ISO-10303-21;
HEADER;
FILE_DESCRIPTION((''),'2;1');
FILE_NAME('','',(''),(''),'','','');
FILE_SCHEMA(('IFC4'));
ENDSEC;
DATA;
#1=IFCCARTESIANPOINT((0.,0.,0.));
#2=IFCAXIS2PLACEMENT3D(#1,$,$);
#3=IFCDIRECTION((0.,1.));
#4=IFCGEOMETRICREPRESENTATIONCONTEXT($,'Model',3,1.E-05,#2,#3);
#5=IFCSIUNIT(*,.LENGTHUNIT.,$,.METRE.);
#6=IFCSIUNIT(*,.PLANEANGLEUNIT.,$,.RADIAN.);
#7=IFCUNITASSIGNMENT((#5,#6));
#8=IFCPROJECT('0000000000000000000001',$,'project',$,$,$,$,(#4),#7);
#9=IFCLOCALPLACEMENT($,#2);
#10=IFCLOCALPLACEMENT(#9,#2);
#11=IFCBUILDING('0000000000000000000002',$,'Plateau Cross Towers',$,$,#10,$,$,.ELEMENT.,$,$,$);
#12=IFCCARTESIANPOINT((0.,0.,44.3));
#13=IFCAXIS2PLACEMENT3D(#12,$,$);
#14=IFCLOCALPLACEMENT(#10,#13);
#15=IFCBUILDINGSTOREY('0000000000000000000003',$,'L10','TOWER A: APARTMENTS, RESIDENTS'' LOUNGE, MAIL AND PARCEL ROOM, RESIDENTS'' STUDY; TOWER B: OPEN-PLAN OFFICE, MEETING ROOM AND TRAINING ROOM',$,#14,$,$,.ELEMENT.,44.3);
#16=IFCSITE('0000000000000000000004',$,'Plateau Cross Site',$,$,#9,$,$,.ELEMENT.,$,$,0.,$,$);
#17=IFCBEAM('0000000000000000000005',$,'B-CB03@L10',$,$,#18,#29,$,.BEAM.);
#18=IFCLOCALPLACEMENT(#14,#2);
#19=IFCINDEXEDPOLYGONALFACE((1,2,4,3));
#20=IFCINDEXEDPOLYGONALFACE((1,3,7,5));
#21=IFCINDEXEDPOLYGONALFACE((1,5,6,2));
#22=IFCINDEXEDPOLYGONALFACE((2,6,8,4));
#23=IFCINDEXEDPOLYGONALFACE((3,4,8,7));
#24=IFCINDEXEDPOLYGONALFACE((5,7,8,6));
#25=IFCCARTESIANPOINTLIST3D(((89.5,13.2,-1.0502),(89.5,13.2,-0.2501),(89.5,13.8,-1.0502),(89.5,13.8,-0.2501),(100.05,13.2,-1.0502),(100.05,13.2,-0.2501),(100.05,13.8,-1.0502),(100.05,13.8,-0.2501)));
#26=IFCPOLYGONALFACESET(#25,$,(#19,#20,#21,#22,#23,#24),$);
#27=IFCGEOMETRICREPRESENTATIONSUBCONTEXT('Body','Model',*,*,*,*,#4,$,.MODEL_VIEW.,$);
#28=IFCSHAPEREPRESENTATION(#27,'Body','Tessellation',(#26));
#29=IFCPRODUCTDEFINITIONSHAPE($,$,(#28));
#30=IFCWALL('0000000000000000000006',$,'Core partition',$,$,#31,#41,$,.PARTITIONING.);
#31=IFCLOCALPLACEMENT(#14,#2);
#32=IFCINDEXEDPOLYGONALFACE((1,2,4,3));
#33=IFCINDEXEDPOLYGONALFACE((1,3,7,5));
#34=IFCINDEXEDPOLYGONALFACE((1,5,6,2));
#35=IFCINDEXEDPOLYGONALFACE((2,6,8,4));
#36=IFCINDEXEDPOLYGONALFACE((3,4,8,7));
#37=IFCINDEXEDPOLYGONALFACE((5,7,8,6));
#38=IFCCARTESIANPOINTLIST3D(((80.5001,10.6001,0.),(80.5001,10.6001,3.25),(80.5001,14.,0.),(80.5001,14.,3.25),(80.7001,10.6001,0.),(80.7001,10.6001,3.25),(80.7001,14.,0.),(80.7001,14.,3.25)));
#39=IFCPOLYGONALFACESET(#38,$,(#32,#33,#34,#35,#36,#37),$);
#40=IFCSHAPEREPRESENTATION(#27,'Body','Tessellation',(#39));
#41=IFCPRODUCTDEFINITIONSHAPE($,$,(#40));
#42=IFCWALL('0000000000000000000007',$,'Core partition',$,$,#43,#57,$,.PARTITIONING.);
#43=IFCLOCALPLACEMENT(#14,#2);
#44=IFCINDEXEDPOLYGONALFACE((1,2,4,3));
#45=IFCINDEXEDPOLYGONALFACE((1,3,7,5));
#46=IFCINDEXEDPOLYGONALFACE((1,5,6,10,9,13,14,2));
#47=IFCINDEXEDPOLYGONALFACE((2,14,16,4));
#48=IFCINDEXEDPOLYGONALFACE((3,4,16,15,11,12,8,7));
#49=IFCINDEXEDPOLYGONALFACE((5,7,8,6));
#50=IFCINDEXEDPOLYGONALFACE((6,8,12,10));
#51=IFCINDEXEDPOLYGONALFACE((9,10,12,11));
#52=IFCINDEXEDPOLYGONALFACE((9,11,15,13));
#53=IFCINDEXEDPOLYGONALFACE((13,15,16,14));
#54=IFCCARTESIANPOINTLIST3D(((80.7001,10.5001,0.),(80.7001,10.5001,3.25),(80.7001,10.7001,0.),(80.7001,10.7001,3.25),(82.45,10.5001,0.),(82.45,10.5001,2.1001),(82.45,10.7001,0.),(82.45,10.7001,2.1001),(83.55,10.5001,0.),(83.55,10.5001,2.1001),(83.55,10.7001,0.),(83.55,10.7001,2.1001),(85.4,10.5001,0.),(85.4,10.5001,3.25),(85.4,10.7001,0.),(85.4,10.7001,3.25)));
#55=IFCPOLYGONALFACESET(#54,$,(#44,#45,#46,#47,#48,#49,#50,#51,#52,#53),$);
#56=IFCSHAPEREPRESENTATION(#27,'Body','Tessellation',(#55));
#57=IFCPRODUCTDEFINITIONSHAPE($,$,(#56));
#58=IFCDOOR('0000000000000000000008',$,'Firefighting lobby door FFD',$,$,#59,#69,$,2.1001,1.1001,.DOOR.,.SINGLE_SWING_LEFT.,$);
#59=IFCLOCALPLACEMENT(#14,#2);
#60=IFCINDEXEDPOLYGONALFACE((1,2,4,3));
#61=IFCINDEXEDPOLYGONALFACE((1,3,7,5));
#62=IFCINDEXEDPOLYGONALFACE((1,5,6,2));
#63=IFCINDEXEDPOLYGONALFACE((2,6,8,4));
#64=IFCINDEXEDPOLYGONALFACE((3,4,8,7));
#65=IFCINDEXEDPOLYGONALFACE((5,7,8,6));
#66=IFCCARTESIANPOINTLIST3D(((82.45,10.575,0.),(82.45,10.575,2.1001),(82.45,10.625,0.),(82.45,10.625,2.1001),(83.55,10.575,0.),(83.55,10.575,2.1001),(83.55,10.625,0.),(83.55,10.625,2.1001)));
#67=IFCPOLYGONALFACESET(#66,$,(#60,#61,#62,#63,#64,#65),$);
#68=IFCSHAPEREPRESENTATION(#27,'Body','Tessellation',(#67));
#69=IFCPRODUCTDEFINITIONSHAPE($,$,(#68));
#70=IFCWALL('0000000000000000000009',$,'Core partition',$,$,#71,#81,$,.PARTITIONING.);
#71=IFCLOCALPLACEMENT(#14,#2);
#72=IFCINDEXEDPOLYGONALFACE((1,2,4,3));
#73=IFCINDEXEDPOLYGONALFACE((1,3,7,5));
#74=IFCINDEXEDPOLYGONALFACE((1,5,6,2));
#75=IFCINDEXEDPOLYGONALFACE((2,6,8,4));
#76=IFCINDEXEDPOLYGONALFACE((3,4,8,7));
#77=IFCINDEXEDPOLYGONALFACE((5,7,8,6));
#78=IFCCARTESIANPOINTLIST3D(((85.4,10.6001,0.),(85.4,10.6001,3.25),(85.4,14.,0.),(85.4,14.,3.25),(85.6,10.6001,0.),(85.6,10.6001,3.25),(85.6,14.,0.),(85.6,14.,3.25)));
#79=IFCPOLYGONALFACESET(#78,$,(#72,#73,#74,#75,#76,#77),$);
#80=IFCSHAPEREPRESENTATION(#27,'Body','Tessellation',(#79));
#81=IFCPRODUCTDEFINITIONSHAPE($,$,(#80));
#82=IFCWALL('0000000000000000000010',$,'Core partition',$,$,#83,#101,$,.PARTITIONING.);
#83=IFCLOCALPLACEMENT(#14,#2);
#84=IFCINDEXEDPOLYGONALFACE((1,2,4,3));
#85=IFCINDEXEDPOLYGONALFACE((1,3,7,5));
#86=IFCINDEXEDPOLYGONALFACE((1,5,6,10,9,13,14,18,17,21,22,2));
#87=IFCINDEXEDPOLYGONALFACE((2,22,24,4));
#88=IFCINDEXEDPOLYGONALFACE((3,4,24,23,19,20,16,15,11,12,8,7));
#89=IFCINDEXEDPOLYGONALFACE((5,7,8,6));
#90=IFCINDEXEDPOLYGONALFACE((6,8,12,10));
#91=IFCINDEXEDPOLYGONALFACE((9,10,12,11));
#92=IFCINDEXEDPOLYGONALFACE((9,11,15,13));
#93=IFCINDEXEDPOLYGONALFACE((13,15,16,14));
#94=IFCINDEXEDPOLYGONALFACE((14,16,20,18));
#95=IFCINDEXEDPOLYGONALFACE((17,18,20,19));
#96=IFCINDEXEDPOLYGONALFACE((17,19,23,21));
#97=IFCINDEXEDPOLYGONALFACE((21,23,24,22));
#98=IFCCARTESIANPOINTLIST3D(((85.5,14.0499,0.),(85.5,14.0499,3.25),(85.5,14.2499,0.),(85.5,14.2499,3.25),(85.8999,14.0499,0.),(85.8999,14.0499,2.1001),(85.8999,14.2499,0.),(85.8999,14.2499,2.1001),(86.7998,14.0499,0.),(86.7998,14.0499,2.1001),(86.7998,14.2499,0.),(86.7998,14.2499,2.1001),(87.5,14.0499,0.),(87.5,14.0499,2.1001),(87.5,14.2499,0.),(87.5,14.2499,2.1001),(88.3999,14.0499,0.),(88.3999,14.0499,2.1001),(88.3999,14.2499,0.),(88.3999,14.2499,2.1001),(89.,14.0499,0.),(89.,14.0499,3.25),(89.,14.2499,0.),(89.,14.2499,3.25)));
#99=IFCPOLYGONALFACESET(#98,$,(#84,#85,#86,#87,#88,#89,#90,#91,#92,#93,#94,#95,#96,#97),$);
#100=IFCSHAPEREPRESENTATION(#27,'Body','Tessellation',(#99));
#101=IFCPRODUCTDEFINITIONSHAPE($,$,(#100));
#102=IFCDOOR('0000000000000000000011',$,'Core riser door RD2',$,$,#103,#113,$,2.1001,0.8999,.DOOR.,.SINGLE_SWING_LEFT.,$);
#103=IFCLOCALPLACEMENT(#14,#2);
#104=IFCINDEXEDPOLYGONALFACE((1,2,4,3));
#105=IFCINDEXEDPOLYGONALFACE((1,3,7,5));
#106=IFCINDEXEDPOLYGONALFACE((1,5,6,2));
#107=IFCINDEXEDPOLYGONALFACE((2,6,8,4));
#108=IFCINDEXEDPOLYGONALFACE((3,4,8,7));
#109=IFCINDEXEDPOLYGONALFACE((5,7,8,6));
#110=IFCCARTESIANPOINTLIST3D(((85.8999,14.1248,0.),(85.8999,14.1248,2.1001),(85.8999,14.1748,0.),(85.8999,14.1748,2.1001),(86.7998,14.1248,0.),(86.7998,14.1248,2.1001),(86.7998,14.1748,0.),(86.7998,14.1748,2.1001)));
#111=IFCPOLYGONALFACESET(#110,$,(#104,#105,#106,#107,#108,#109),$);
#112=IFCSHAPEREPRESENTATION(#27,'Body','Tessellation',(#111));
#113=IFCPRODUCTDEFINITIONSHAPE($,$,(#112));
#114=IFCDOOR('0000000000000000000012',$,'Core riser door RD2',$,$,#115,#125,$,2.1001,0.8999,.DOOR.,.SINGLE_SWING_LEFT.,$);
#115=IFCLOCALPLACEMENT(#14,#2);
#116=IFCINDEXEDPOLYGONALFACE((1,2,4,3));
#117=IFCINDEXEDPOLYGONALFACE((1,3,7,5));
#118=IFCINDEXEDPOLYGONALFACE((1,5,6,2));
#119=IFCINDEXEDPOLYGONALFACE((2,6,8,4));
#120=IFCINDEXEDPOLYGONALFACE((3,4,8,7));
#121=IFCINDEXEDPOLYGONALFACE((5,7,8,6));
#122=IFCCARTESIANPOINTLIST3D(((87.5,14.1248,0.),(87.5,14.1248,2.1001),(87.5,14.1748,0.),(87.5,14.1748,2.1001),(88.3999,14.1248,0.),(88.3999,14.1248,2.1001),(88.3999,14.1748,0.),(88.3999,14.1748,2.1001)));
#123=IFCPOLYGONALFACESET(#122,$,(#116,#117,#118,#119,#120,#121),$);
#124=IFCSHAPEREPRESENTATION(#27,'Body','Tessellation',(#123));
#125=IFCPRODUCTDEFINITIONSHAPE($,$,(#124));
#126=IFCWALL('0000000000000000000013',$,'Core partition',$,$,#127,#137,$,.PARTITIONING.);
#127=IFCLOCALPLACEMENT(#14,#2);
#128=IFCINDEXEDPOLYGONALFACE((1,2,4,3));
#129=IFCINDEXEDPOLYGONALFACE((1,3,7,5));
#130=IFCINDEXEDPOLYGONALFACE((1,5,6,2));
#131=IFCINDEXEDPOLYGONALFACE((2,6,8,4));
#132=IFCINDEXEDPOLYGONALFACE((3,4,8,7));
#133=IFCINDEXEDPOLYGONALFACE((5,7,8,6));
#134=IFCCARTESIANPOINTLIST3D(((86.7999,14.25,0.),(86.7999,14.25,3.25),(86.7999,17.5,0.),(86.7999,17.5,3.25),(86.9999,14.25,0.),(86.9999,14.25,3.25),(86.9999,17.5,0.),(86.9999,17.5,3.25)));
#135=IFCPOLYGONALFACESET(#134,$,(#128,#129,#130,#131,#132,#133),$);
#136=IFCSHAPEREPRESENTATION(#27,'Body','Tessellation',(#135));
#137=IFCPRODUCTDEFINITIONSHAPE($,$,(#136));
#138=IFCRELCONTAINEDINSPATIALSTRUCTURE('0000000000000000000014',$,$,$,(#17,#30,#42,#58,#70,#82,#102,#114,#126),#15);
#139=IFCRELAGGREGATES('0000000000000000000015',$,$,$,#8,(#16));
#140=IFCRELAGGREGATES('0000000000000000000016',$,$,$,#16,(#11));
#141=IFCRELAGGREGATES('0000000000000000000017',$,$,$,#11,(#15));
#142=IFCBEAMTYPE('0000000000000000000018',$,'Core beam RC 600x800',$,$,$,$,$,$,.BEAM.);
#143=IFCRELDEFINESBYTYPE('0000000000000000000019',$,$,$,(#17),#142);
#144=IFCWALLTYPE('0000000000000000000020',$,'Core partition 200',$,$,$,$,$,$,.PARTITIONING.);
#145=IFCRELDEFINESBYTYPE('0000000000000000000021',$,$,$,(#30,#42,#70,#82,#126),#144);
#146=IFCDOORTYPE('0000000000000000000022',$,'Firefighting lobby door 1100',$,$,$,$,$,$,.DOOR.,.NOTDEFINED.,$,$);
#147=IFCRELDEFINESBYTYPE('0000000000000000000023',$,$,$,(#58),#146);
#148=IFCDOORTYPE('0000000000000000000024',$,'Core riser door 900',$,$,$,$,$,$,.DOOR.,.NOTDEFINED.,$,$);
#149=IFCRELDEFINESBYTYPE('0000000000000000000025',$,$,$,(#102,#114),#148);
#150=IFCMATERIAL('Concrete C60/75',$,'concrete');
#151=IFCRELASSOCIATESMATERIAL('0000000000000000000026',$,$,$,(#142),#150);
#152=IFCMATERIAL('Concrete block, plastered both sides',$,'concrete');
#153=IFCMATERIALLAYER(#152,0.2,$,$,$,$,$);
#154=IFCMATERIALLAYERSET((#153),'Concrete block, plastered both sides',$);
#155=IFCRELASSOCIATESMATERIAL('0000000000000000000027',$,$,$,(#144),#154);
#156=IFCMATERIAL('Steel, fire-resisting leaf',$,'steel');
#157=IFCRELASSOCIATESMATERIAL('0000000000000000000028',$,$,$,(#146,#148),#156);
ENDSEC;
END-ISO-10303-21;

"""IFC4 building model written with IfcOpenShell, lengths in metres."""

from ifc_helpers import new_model, si_unit, direction, frame, frame_2d, origin, origin_2d, place, context, subcontext, project, spatial, rectangle, extrude, material, layer, layer_set, material_profile, profile_set, type_object, element, fill, save


model = new_model("IFC4")

# Units and contexts
model_context = context("Model", 3, precision=1e-05, world=origin(), true_north=direction((0.0, 1.0)))
body_context = subcontext(model_context, "Body", "Model", "MODEL_VIEW")
ifc_project = project(units=[si_unit("LENGTHUNIT", "METRE"), si_unit("PLANEANGLEUNIT", "RADIAN")], contexts=[model_context])

# Site, building, storey
site_placement = place(None, origin())
site = spatial("IfcSite", under=ifc_project, at=site_placement, Name="Plateau Cross Site", CompositionType="ELEMENT", RefElevation=0.0)
building_placement = place(site_placement, origin())
building = spatial("IfcBuilding", under=site, at=building_placement, Name="Plateau Cross Towers", CompositionType="ELEMENT")
storey_placement = place(building_placement, frame((0.0, 0.0, 44.3)))
storey = spatial("IfcBuildingStorey", under=building, at=storey_placement, Name="L10", Description="TOWER A: APARTMENTS, RESIDENTS' LOUNGE, MAIL AND PARCEL ROOM, RESIDENTS' STUDY; TOWER B: OPEN-PLAN OFFICE, MEETING ROOM AND TRAINING ROOM", CompositionType="ELEMENT", Elevation=44.3)

# Beam
ifc_material_1 = material(Name="Concrete C60/75", Category="concrete")
ifc_material_profile = material_profile(ifc_material_1, rectangle(XDim=0.6001, YDim=0.8, at=origin_2d()), Name="RC 600x800")
ifc_profile_set = profile_set([ifc_material_profile], Name="Concrete C60/75")
beam_type = type_object("IfcBeamType", Name="Core beam RC 600x800", PredefinedType="BEAM", material=ifc_profile_set)
beam_placement = place(storey_placement, frame((89.5, 13.5, -0.6501), z_axis=(1.0, 0.0, 0.0), x_axis=(0.0, 1.0, 0.0)))
element("IfcBeam", 1, at=beam_placement, inside=storey, type_object=beam_type, Name="B-CB03@L10", PredefinedType="BEAM", context=body_context, shape_type="SweptSolid", body=[
    extrude(rectangle(XDim=0.6001, YDim=0.8, at=origin_2d()), origin(), (0.0, 0.0, 1.0), 10.55),
])

# Wall
ifc_material_2 = material(Name="Concrete block, plastered both sides", Category="concrete")
ifc_layer_1 = layer(ifc_material_2, 0.2)
ifc_layer_set_1 = layer_set([ifc_layer_1], Name="Concrete block, plastered both sides")
wall_type_1 = type_object("IfcWallType", Name="Core partition 200", PredefinedType="PARTITIONING", material=ifc_layer_set_1)
wall_1_placement = place(storey_placement, frame((80.6001, 10.6001, 0.0), z_axis=(0.0, 0.0, 1.0), x_axis=(0.0, 1.0, 0.0)))
element("IfcWall", 2, at=wall_1_placement, inside=storey, type_object=wall_type_1, Name="Core partition", PredefinedType="PARTITIONING", context=body_context, shape_type="SweptSolid", body=[
    extrude(rectangle(XDim=3.3999, YDim=0.2, at=frame_2d((1.7, 0.0))), origin(), (0.0, 0.0, 1.0), 3.25),
])

# Wall, opening, door
wall_2_placement = place(storey_placement, frame((80.7, 10.6001, 0.0), z_axis=(0.0, 0.0, 1.0), x_axis=(1.0, 0.0, 0.0)))
wall_2 = element("IfcWall", 3, at=wall_2_placement, inside=storey, type_object=wall_type_1, Name="Core partition", PredefinedType="PARTITIONING", context=body_context, shape_type="SweptSolid", body=[
    extrude(rectangle(XDim=4.7, YDim=0.2, at=frame_2d((2.3501, 0.0))), origin(), (0.0, 0.0, 1.0), 3.25),
])
opening_1_placement = place(wall_2_placement, frame((1.75, 0.0, 0.0)))
opening_1 = element("IfcOpeningElement", 4, at=opening_1_placement, cuts=wall_2, PredefinedType="OPENING", context=body_context, shape_type="SweptSolid", body=[
    extrude(rectangle(XDim=1.1001, YDim=2.1001, at=frame_2d((0.55, 1.05))), frame((0.0, 0.1099, 0.0), z_axis=(0.0, -1.0, 0.0), x_axis=(1.0, 0.0, 0.0)), (0.0, 0.0, 1.0), 0.22),
])
ifc_material_3 = material(Name="Steel, fire-resisting leaf", Category="steel")
door_type_1 = type_object("IfcDoorType", Name="Firefighting lobby door 1100", OperationType="NOTDEFINED", PredefinedType="DOOR", material=ifc_material_3)
door_1_placement = place(opening_1_placement, origin())
door_1 = element("IfcDoor", 5, at=door_1_placement, inside=storey, type_object=door_type_1, Name="Firefighting lobby door FFD", OperationType="SINGLE_SWING_LEFT", OverallHeight=2.1001, OverallWidth=1.1001, PredefinedType="DOOR", context=body_context, shape_type="SweptSolid", body=[
    extrude(rectangle(XDim=1.1001, YDim=2.1001, at=frame_2d((0.55, 1.05))), frame((0.0, 0.0249, 0.0), z_axis=(0.0, -1.0, 0.0), x_axis=(1.0, 0.0, 0.0)), (0.0, 0.0, 1.0), 0.05),
])
fill(opening_1, door_1)

# Wall
wall_3_placement = place(storey_placement, frame((85.5, 10.6001, 0.0), z_axis=(0.0, 0.0, 1.0), x_axis=(0.0, 1.0, 0.0)))
element("IfcWall", 6, at=wall_3_placement, inside=storey, type_object=wall_type_1, Name="Core partition", PredefinedType="PARTITIONING", context=body_context, shape_type="SweptSolid", body=[
    extrude(rectangle(XDim=3.3999, YDim=0.2, at=frame_2d((1.7, 0.0))), origin(), (0.0, 0.0, 1.0), 3.25),
])

# Wall, openings, doors
wall_4_placement = place(storey_placement, frame((85.5, 14.1499, 0.0), z_axis=(0.0, 0.0, 1.0), x_axis=(1.0, 0.0, 0.0)))
wall_4 = element("IfcWall", 7, at=wall_4_placement, inside=storey, type_object=wall_type_1, Name="Core partition", PredefinedType="PARTITIONING", context=body_context, shape_type="SweptSolid", body=[
    extrude(rectangle(XDim=3.5, YDim=0.2, at=frame_2d((1.75, 0.0))), origin(), (0.0, 0.0, 1.0), 3.25),
])
opening_2_placement = place(wall_4_placement, frame((0.3999, 0.0, 0.0)))
opening_2 = element("IfcOpeningElement", 8, at=opening_2_placement, cuts=wall_4, PredefinedType="OPENING", context=body_context, shape_type="SweptSolid", body=[
    extrude(rectangle(XDim=0.8999, YDim=2.1001, at=frame_2d((0.45, 1.05))), frame((0.0, 0.1099, 0.0), z_axis=(0.0, -1.0, 0.0), x_axis=(1.0, 0.0, 0.0)), (0.0, 0.0, 1.0), 0.22),
])
opening_3_placement = place(wall_4_placement, frame((2.0, 0.0, 0.0)))
opening_3 = element("IfcOpeningElement", 9, at=opening_3_placement, cuts=wall_4, PredefinedType="OPENING", context=body_context, shape_type="SweptSolid", body=[
    extrude(rectangle(XDim=0.8999, YDim=2.1001, at=frame_2d((0.45, 1.05))), frame((0.0, 0.1099, 0.0), z_axis=(0.0, -1.0, 0.0), x_axis=(1.0, 0.0, 0.0)), (0.0, 0.0, 1.0), 0.22),
])
door_type_2 = type_object("IfcDoorType", Name="Core riser door 900", OperationType="NOTDEFINED", PredefinedType="DOOR", material=ifc_material_3)
door_2_placement = place(opening_2_placement, origin())
door_2 = element("IfcDoor", 10, at=door_2_placement, inside=storey, type_object=door_type_2, Name="Core riser door RD2", OperationType="SINGLE_SWING_LEFT", OverallHeight=2.1001, OverallWidth=0.8999, PredefinedType="DOOR", context=body_context, shape_type="SweptSolid", body=[
    extrude(rectangle(XDim=0.8999, YDim=2.1001, at=frame_2d((0.45, 1.05))), frame((0.0, 0.0249, 0.0), z_axis=(0.0, -1.0, 0.0), x_axis=(1.0, 0.0, 0.0)), (0.0, 0.0, 1.0), 0.05),
])
fill(opening_2, door_2)
door_3_placement = place(opening_3_placement, origin())
door_3 = element("IfcDoor", 11, at=door_3_placement, inside=storey, type_object=door_type_2, Name="Core riser door RD2", OperationType="SINGLE_SWING_LEFT", OverallHeight=2.1001, OverallWidth=0.8999, PredefinedType="DOOR", context=body_context, shape_type="SweptSolid", body=[
    extrude(rectangle(XDim=0.8999, YDim=2.1001, at=frame_2d((0.45, 1.05))), frame((0.0, 0.0249, 0.0), z_axis=(0.0, -1.0, 0.0), x_axis=(1.0, 0.0, 0.0)), (0.0, 0.0, 1.0), 0.05),
])
fill(opening_3, door_3)

# Wall
wall_5_placement = place(storey_placement, frame((86.8999, 14.25, 0.0), z_axis=(0.0, 0.0, 1.0), x_axis=(0.0, 1.0, 0.0)))
element("IfcWall", 12, at=wall_5_placement, inside=storey, type_object=wall_type_1, Name="Core partition", PredefinedType="PARTITIONING", context=body_context, shape_type="SweptSolid", body=[
    extrude(rectangle(XDim=3.25, YDim=0.2, at=frame_2d((1.625, 0.0))), origin(), (0.0, 0.0, 1.0), 3.25),
])

save(model, "model.ifc")
